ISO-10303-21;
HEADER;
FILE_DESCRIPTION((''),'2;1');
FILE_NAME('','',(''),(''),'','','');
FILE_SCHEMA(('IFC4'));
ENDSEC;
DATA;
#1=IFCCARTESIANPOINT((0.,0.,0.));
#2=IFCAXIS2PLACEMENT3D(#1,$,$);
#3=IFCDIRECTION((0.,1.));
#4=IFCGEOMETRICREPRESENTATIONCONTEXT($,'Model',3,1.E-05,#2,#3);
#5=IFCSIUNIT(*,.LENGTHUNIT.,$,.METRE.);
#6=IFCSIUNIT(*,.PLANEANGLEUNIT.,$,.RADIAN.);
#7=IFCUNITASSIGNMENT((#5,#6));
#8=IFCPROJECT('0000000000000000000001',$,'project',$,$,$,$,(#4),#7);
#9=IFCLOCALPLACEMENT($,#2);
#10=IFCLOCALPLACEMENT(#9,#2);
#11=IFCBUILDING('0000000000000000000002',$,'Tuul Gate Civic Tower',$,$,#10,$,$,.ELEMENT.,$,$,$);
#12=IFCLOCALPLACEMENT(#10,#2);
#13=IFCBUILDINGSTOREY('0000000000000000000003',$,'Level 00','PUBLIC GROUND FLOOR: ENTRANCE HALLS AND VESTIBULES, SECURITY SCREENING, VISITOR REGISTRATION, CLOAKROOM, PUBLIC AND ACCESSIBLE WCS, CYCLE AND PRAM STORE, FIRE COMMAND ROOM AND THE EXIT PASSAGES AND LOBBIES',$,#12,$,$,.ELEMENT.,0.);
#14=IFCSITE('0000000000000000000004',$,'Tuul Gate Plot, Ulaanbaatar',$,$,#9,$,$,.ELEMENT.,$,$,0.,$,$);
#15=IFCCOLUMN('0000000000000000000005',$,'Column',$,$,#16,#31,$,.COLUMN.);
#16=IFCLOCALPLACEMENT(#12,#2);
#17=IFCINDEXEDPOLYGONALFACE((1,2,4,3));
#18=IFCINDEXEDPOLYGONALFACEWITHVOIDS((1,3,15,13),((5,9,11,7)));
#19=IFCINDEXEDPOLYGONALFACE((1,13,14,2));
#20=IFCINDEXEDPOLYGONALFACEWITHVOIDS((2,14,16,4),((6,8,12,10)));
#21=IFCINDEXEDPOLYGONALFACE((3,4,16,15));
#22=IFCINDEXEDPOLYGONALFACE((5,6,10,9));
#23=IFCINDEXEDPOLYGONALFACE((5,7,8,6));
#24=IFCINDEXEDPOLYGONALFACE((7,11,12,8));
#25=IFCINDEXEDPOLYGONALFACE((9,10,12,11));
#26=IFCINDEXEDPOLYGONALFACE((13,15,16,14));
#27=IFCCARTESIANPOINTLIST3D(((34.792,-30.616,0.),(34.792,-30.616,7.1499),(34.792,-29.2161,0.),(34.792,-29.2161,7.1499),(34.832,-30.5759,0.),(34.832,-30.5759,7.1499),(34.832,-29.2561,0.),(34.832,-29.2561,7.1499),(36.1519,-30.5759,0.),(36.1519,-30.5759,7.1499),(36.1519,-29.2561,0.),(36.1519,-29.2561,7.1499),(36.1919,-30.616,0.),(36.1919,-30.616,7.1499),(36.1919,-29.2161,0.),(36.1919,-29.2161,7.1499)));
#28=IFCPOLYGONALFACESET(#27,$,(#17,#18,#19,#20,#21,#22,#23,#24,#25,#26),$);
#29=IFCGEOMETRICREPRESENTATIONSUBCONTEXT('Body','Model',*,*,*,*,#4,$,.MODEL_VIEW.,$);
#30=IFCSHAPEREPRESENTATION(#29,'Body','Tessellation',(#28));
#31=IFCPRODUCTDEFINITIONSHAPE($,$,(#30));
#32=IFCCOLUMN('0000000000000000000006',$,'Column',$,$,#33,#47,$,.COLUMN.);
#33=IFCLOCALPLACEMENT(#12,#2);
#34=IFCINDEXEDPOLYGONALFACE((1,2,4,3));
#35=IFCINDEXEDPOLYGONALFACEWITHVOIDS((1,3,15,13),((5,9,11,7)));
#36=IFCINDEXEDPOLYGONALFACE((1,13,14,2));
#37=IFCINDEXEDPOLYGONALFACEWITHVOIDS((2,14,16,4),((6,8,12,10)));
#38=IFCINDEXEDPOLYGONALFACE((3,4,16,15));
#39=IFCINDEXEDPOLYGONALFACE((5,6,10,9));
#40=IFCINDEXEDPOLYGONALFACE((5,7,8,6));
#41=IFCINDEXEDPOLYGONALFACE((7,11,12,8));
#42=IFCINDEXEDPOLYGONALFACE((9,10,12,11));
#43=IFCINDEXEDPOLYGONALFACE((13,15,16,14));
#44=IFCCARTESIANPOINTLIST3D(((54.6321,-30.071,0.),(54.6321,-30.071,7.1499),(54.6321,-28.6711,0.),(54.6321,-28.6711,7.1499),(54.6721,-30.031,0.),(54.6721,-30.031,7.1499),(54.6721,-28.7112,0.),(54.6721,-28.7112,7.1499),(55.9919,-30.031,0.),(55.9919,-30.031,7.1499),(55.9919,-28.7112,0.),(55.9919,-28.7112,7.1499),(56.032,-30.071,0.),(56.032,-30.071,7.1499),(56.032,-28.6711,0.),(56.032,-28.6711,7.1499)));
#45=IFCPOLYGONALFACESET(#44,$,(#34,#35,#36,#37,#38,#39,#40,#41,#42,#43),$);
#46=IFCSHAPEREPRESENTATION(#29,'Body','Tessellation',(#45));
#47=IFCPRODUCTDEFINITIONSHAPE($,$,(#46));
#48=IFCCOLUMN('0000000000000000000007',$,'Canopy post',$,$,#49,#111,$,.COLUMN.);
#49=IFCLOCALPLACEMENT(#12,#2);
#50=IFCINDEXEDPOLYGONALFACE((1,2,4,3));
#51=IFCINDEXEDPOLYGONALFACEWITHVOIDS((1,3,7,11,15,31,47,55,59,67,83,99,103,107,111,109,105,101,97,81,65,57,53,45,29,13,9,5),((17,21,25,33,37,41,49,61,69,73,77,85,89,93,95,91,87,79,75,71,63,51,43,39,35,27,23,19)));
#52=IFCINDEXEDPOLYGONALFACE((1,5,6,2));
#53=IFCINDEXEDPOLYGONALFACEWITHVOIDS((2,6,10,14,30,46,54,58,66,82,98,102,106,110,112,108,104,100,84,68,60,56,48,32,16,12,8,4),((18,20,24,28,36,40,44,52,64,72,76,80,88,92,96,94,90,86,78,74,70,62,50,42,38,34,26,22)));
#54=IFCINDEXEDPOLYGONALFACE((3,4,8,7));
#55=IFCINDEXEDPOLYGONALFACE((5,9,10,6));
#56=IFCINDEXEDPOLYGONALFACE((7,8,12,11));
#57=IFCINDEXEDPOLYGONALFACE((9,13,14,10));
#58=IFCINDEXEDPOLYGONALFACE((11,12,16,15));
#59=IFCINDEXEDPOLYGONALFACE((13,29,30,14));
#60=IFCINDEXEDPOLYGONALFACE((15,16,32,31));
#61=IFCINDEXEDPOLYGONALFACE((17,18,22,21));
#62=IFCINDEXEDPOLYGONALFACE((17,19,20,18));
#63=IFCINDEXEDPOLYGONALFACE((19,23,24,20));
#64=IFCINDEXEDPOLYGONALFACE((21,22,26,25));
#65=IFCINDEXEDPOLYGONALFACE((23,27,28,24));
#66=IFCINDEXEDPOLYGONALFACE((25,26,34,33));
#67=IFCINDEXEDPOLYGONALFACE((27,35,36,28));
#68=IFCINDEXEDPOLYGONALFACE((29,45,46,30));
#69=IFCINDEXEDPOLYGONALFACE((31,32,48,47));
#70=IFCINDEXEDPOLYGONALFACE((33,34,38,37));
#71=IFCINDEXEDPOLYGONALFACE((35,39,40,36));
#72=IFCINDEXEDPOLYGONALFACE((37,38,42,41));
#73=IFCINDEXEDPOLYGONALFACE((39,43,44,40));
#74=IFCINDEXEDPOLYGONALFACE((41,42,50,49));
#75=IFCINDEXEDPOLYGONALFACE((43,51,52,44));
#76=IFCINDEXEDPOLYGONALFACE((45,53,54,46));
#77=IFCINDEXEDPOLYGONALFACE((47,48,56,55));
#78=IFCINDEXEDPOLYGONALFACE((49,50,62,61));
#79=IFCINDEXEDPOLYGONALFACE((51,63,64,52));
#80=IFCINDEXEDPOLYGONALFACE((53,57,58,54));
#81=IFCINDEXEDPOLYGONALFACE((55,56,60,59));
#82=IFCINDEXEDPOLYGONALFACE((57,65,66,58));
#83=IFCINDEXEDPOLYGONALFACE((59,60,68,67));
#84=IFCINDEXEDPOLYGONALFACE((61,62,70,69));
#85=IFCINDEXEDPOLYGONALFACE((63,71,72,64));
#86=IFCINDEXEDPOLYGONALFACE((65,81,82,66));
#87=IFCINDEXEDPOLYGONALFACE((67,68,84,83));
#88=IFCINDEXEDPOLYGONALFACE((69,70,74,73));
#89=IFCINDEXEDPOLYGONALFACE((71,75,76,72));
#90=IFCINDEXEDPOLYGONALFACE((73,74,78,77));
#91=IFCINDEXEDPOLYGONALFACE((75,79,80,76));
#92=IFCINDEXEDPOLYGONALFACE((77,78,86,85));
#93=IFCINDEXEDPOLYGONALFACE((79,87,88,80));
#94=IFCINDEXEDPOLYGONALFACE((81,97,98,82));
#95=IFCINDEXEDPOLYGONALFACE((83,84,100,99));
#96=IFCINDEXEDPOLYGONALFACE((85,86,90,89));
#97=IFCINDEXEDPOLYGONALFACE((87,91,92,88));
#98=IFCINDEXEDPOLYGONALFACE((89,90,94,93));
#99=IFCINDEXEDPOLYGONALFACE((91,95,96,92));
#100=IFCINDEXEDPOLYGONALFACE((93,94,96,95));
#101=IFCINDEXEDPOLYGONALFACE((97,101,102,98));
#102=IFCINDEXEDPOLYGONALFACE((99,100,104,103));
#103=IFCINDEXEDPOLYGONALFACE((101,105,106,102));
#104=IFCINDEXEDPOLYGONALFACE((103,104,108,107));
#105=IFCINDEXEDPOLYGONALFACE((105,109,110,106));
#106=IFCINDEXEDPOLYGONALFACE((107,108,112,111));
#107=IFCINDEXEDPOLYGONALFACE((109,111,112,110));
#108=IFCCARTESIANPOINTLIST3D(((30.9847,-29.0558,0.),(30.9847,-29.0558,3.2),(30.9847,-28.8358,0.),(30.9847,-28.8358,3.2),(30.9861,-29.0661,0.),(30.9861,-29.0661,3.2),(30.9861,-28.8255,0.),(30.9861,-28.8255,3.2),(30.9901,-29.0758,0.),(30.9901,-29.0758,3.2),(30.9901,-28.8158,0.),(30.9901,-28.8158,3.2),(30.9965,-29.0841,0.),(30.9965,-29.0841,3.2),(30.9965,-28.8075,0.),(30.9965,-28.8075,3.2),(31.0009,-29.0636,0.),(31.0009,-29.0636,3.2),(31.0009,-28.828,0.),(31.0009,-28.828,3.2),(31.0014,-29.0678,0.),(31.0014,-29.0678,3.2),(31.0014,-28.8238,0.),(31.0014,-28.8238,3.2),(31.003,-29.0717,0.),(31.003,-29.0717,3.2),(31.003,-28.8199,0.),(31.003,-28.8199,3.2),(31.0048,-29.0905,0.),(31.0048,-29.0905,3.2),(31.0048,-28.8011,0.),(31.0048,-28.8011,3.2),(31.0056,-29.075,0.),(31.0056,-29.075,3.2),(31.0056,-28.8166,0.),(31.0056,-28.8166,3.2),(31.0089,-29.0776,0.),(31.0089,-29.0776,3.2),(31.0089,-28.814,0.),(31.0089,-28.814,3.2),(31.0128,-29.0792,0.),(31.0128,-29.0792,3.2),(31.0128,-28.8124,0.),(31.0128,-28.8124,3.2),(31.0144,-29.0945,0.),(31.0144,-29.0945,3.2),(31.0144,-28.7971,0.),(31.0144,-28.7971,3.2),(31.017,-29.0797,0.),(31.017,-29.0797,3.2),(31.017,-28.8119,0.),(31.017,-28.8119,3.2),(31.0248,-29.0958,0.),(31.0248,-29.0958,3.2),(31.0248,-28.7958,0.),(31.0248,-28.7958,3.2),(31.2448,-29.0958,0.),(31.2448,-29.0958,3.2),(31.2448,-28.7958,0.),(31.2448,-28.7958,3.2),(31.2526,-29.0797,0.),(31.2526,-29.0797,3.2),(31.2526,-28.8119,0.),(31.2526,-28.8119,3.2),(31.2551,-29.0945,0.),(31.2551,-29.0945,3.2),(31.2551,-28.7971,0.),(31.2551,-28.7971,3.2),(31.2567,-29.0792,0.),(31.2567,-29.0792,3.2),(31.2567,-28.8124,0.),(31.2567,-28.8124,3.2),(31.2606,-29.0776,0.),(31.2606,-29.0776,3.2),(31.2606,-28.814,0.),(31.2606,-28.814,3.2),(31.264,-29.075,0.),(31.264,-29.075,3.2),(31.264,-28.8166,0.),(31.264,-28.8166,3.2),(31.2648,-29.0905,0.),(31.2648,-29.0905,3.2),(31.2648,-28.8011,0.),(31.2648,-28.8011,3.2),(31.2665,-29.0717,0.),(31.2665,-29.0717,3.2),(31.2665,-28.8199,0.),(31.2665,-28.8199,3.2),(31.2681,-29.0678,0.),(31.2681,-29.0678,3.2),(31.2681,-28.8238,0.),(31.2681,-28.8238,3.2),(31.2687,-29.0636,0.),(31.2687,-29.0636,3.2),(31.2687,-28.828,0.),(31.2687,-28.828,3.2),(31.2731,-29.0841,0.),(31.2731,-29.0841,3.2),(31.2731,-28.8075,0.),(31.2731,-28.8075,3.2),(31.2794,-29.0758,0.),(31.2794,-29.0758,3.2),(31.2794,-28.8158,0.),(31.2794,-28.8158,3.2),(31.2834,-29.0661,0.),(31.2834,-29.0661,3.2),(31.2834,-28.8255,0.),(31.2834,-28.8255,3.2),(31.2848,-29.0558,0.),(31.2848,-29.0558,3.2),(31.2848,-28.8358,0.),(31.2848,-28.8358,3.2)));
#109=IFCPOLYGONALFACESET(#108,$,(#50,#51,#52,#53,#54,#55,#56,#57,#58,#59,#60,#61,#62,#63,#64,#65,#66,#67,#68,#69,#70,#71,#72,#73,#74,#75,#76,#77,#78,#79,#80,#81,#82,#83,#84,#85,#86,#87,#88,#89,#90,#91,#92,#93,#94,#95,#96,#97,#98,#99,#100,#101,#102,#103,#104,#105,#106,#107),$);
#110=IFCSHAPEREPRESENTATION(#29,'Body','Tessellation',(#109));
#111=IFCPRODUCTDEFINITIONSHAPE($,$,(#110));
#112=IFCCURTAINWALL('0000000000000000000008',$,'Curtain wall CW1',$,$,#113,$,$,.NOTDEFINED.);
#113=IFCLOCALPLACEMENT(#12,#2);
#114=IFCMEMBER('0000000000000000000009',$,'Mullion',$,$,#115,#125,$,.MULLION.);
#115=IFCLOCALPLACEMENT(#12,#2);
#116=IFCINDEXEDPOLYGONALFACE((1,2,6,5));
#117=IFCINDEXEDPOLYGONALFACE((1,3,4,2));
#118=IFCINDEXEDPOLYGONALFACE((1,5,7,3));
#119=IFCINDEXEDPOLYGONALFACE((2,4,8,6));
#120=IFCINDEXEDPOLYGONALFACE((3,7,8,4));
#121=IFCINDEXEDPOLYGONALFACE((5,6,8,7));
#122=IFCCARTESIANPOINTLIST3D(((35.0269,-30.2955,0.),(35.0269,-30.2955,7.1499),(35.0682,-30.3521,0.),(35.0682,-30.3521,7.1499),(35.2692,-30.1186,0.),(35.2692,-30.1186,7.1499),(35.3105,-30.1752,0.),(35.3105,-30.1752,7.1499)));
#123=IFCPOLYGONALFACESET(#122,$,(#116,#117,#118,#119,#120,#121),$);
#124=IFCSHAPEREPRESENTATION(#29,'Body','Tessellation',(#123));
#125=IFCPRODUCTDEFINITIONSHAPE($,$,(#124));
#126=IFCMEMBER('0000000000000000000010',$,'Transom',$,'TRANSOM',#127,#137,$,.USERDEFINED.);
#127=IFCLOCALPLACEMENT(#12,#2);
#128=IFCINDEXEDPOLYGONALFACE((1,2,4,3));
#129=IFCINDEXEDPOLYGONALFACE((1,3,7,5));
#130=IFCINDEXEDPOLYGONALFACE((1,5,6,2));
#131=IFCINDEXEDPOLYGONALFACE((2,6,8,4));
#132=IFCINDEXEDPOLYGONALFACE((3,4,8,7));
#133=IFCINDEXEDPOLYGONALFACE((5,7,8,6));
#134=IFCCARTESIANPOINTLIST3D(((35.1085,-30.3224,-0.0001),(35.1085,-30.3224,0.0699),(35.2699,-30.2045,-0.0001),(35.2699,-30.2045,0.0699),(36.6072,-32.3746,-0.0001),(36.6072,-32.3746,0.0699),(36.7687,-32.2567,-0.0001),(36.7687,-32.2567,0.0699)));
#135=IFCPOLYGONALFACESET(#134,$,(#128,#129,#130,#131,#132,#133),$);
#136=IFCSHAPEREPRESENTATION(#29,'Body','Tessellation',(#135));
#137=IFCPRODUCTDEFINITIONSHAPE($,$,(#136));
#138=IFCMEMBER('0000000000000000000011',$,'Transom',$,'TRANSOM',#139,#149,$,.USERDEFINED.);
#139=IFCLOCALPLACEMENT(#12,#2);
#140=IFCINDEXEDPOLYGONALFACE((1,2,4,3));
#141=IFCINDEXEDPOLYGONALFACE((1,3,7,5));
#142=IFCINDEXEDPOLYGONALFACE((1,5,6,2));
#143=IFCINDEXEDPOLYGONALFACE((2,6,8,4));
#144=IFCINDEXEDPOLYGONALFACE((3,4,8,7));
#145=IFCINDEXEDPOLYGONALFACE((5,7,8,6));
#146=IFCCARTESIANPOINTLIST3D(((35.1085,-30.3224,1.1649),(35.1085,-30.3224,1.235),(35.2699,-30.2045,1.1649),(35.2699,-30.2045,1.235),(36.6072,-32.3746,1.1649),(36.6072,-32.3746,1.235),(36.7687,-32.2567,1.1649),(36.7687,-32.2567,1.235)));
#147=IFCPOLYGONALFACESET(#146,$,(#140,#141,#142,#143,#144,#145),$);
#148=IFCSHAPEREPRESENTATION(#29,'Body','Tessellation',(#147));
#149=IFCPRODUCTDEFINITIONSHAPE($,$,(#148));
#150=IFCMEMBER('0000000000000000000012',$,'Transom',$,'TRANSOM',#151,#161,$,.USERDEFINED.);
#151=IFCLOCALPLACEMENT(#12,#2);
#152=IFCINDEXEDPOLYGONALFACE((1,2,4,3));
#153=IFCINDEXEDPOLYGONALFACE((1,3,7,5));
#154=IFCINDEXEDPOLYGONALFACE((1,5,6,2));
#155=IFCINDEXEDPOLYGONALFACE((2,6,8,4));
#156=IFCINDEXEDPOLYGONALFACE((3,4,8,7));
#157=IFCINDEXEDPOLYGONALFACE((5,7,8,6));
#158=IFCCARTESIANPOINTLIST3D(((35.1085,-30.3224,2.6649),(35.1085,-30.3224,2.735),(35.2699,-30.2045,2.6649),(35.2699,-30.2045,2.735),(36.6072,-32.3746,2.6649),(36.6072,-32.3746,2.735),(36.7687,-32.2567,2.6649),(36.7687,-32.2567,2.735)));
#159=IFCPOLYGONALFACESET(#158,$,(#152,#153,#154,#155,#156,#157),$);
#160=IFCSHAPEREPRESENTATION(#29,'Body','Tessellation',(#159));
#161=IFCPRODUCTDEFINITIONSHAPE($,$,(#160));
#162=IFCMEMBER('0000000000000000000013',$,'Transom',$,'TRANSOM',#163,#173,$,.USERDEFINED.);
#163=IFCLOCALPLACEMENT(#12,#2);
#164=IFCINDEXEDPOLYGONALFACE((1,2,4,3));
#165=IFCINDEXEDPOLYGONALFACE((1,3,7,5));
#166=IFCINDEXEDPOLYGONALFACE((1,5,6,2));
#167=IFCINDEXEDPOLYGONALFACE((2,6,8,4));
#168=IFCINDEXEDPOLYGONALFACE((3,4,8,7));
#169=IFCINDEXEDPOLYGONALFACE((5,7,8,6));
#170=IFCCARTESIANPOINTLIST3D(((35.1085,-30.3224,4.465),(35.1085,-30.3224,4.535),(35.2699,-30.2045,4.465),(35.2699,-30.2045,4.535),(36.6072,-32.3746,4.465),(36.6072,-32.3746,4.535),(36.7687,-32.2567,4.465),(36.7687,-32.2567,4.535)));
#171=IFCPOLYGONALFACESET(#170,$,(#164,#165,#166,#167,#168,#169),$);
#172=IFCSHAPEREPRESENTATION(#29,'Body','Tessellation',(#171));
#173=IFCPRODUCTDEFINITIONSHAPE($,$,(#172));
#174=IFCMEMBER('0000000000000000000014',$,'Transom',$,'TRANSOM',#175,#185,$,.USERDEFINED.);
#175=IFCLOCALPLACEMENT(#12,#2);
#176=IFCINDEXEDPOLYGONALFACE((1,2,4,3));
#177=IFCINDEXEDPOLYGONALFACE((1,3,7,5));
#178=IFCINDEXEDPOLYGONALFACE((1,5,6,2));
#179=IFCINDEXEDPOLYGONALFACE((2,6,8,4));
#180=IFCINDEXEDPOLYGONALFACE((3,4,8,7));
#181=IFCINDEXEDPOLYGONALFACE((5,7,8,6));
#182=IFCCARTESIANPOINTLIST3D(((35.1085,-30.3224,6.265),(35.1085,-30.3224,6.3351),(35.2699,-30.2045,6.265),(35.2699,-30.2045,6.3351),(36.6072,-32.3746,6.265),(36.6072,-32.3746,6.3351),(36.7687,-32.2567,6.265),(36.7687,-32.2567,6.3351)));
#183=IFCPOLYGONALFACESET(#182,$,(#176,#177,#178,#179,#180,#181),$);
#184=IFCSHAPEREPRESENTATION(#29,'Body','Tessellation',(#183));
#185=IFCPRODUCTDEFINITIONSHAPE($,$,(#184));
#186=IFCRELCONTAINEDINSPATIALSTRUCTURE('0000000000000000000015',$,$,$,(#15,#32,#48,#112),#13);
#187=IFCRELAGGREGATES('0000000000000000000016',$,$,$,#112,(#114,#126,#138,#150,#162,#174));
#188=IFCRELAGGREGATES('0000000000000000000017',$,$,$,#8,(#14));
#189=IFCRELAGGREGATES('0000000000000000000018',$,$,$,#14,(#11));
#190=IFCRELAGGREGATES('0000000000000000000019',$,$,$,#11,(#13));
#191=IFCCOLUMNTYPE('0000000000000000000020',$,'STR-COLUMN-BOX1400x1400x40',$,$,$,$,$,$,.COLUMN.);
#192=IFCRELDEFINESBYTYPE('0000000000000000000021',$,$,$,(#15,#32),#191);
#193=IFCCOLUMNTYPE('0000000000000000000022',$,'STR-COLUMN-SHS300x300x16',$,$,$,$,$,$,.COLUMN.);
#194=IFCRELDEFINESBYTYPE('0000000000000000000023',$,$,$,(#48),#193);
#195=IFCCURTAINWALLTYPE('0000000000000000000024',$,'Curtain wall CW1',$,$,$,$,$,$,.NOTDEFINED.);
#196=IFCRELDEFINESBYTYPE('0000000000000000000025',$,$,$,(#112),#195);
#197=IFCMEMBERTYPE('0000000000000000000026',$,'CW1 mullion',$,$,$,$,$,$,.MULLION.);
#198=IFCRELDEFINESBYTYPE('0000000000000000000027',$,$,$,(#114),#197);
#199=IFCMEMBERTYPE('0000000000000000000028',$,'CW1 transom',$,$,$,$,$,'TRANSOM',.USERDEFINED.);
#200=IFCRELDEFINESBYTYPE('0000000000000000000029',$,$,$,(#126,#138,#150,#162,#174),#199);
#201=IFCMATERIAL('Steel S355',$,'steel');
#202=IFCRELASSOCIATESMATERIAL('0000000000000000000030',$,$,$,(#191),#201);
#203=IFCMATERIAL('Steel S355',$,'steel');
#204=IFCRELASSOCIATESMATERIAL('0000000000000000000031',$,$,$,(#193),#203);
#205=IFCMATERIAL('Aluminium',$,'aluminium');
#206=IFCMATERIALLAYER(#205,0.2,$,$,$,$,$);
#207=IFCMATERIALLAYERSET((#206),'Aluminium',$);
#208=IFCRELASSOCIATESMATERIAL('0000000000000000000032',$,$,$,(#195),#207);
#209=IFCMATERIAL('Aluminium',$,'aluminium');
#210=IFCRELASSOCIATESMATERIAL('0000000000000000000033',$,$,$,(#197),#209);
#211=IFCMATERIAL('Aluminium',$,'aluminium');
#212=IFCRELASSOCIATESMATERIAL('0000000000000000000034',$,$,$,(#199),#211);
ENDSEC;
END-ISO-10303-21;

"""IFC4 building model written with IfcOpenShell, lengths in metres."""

from ifc_helpers import new_model, si_unit, direction, frame, origin, origin_2d, place, context, subcontext, project, spatial, rectangle, hollow_rectangle, extrude, material, layer, layer_set, material_profile, profile_set, type_object, element, aggregate, save


model = new_model("IFC4")

# Units and contexts
model_context = context("Model", 3, precision=1e-05, world=origin(), true_north=direction((0.0, 1.0)))
body_context = subcontext(model_context, "Body", "Model", "MODEL_VIEW")
ifc_project = project(units=[si_unit("LENGTHUNIT", "METRE"), si_unit("PLANEANGLEUNIT", "RADIAN")], contexts=[model_context])

# Site, building, storey
site_placement = place(None, origin())
site = spatial("IfcSite", under=ifc_project, at=site_placement, Name="Tuul Gate Plot, Ulaanbaatar", CompositionType="ELEMENT", RefElevation=0.0)
building_placement = place(site_placement, origin())
building = spatial("IfcBuilding", under=site, at=building_placement, Name="Tuul Gate Civic Tower", CompositionType="ELEMENT")
storey_placement = place(building_placement, origin())
storey = spatial("IfcBuildingStorey", under=building, at=storey_placement, Name="Level 00", Description="PUBLIC GROUND FLOOR: ENTRANCE HALLS AND VESTIBULES, SECURITY SCREENING, VISITOR REGISTRATION, CLOAKROOM, PUBLIC AND ACCESSIBLE WCS, CYCLE AND PRAM STORE, FIRE COMMAND ROOM AND THE EXIT PASSAGES AND LOBBIES", CompositionType="ELEMENT", Elevation=0.0)

# Columns
ifc_material_1 = material(Name="Steel S355", Category="steel")
ifc_material_profile_1 = material_profile(ifc_material_1, hollow_rectangle(XDim=1.3999, YDim=1.3999, WallThickness=0.04, at=origin_2d()), Name="BOX1400x1400x40")
ifc_profile_set_1 = profile_set([ifc_material_profile_1], Name="Steel S355")
column_type_1 = type_object("IfcColumnType", Name="STR-COLUMN-BOX1400x1400x40", PredefinedType="COLUMN", material=ifc_profile_set_1)
for number, where, z_axis, x_axis, name in (
    (1, (35.4919, -29.916, 0.0), (0.0, 0.0, 1.0), (1.0, 0.0, 0.0), "Column"),
    (2, (55.332, -29.3711, 0.0), (0.0, 0.0, 1.0), (1.0, 0.0, 0.0), "Column"),
):
    element("IfcColumn", number, at=place(storey_placement, frame(where, z_axis=z_axis, x_axis=x_axis)), inside=storey, type_object=column_type_1, Name=name, PredefinedType="COLUMN", context=body_context, shape_type="SweptSolid", body=[
        extrude(hollow_rectangle(XDim=1.3999, YDim=1.3999, WallThickness=0.04, at=origin_2d()), origin(), (0.0, 0.0, 1.0), 7.1499),
    ])
ifc_material_2 = material(Name="Steel S355", Category="steel")
ifc_material_profile_2 = material_profile(ifc_material_2, hollow_rectangle(XDim=0.3, YDim=0.3, WallThickness=0.0161, InnerFilletRadius=0.0161, OuterFilletRadius=0.04, at=origin_2d()), Name="SHS300x300x16")
ifc_profile_set_2 = profile_set([ifc_material_profile_2], Name="Steel S355")
column_type_2 = type_object("IfcColumnType", Name="STR-COLUMN-SHS300x300x16", PredefinedType="COLUMN", material=ifc_profile_set_2)
column_placement = place(storey_placement, frame((31.1348, -28.9458, 0.0), z_axis=(0.0, 0.0, 1.0), x_axis=(1.0, 0.0, 0.0)))
element("IfcColumn", 3, at=column_placement, inside=storey, type_object=column_type_2, Name="Canopy post", PredefinedType="COLUMN", context=body_context, shape_type="SweptSolid", body=[
    extrude(hollow_rectangle(XDim=0.3, YDim=0.3, WallThickness=0.0161, InnerFilletRadius=0.0161, OuterFilletRadius=0.04, at=origin_2d()), origin(), (0.0, 0.0, 1.0), 3.2),
])

# Curtain wall, members
ifc_material_3 = material(Name="Aluminium", Category="aluminium")
ifc_layer_1 = layer(ifc_material_3, 0.2)
ifc_layer_set_1 = layer_set([ifc_layer_1], Name="Aluminium")
curtain_wall_type = type_object("IfcCurtainWallType", Name="Curtain wall CW1", PredefinedType="NOTDEFINED", material=ifc_layer_set_1)
curtain_wall_placement = place(storey_placement, origin())
curtain_wall = element("IfcCurtainWall", 4, at=curtain_wall_placement, inside=storey, type_object=curtain_wall_type, Name="Curtain wall CW1", PredefinedType="NOTDEFINED")
ifc_material_4 = material(Name="Aluminium", Category="aluminium")
ifc_material_profile_3 = material_profile(ifc_material_4, rectangle(XDim=0.3, YDim=0.0701, at=origin_2d()), Name="CW1 mullion")
ifc_profile_set_3 = profile_set([ifc_material_profile_3], Name="Aluminium")
member_type_1 = type_object("IfcMemberType", Name="CW1 mullion", PredefinedType="MULLION", material=ifc_profile_set_3)
member_1_placement = place(storey_placement, frame((35.1687, -30.2354, 0.0), z_axis=(0.0, 0.0, 1.0), x_axis=(0.807581, 0.589756, 0.0)))
member_1 = element("IfcMember", 5, at=member_1_placement, type_object=member_type_1, Name="Mullion", PredefinedType="MULLION", context=body_context, shape_type="SweptSolid", body=[
    extrude(rectangle(XDim=0.3, YDim=0.0701, at=origin_2d()), origin(), (0.0, 0.0, 1.0), 7.1499),
])
ifc_material_5 = material(Name="Aluminium", Category="aluminium")
ifc_material_profile_4 = material_profile(ifc_material_5, rectangle(XDim=0.2, YDim=0.0701, at=origin_2d()), Name="CW1 transom")
ifc_profile_set_4 = profile_set([ifc_material_profile_4], Name="Aluminium")
member_type_2 = type_object("IfcMemberType", Name="CW1 transom", ElementType="TRANSOM", PredefinedType="USERDEFINED", material=ifc_profile_set_4)
member_2_placement = place(storey_placement, frame((35.1892, -30.2634, 0.0349), z_axis=(0.589776, -0.807567, 0.0), x_axis=(0.807567, 0.589776, 0.0)))
member_2 = element("IfcMember", 6, at=member_2_placement, type_object=member_type_2, Name="Transom", ObjectType="TRANSOM", PredefinedType="USERDEFINED", context=body_context, shape_type="SweptSolid", body=[
    extrude(rectangle(XDim=0.2, YDim=0.0701, at=origin_2d()), origin(), (0.0, 0.0, 1.0), 2.5413),
])
member_3_placement = place(storey_placement, frame((35.1892, -30.2634, 1.2), z_axis=(0.589776, -0.807567, 0.0), x_axis=(0.807567, 0.589776, 0.0)))
member_3 = element("IfcMember", 7, at=member_3_placement, type_object=member_type_2, Name="Transom", ObjectType="TRANSOM", PredefinedType="USERDEFINED", context=body_context, shape_type="SweptSolid", body=[
    extrude(rectangle(XDim=0.2, YDim=0.0701, at=origin_2d()), origin(), (0.0, 0.0, 1.0), 2.5413),
])
member_4_placement = place(storey_placement, frame((35.1892, -30.2634, 2.7), z_axis=(0.589776, -0.807567, 0.0), x_axis=(0.807567, 0.589776, 0.0)))
member_4 = element("IfcMember", 8, at=member_4_placement, type_object=member_type_2, Name="Transom", ObjectType="TRANSOM", PredefinedType="USERDEFINED", context=body_context, shape_type="SweptSolid", body=[
    extrude(rectangle(XDim=0.2, YDim=0.0701, at=origin_2d()), origin(), (0.0, 0.0, 1.0), 2.5413),
])
member_5_placement = place(storey_placement, frame((35.1892, -30.2634, 4.5), z_axis=(0.589776, -0.807567, 0.0), x_axis=(0.807567, 0.589776, 0.0)))
member_5 = element("IfcMember", 9, at=member_5_placement, type_object=member_type_2, Name="Transom", ObjectType="TRANSOM", PredefinedType="USERDEFINED", context=body_context, shape_type="SweptSolid", body=[
    extrude(rectangle(XDim=0.2, YDim=0.0701, at=origin_2d()), origin(), (0.0, 0.0, 1.0), 2.5413),
])
member_6_placement = place(storey_placement, frame((35.1892, -30.2634, 6.3), z_axis=(0.589776, -0.807567, 0.0), x_axis=(0.807567, 0.589776, 0.0)))
member_6 = element("IfcMember", 10, at=member_6_placement, type_object=member_type_2, Name="Transom", ObjectType="TRANSOM", PredefinedType="USERDEFINED", context=body_context, shape_type="SweptSolid", body=[
    extrude(rectangle(XDim=0.2, YDim=0.0701, at=origin_2d()), origin(), (0.0, 0.0, 1.0), 2.5413),
])

aggregate(curtain_wall, [member_1, member_2, member_3, member_4, member_5, member_6])

save(model, "model.ifc")
